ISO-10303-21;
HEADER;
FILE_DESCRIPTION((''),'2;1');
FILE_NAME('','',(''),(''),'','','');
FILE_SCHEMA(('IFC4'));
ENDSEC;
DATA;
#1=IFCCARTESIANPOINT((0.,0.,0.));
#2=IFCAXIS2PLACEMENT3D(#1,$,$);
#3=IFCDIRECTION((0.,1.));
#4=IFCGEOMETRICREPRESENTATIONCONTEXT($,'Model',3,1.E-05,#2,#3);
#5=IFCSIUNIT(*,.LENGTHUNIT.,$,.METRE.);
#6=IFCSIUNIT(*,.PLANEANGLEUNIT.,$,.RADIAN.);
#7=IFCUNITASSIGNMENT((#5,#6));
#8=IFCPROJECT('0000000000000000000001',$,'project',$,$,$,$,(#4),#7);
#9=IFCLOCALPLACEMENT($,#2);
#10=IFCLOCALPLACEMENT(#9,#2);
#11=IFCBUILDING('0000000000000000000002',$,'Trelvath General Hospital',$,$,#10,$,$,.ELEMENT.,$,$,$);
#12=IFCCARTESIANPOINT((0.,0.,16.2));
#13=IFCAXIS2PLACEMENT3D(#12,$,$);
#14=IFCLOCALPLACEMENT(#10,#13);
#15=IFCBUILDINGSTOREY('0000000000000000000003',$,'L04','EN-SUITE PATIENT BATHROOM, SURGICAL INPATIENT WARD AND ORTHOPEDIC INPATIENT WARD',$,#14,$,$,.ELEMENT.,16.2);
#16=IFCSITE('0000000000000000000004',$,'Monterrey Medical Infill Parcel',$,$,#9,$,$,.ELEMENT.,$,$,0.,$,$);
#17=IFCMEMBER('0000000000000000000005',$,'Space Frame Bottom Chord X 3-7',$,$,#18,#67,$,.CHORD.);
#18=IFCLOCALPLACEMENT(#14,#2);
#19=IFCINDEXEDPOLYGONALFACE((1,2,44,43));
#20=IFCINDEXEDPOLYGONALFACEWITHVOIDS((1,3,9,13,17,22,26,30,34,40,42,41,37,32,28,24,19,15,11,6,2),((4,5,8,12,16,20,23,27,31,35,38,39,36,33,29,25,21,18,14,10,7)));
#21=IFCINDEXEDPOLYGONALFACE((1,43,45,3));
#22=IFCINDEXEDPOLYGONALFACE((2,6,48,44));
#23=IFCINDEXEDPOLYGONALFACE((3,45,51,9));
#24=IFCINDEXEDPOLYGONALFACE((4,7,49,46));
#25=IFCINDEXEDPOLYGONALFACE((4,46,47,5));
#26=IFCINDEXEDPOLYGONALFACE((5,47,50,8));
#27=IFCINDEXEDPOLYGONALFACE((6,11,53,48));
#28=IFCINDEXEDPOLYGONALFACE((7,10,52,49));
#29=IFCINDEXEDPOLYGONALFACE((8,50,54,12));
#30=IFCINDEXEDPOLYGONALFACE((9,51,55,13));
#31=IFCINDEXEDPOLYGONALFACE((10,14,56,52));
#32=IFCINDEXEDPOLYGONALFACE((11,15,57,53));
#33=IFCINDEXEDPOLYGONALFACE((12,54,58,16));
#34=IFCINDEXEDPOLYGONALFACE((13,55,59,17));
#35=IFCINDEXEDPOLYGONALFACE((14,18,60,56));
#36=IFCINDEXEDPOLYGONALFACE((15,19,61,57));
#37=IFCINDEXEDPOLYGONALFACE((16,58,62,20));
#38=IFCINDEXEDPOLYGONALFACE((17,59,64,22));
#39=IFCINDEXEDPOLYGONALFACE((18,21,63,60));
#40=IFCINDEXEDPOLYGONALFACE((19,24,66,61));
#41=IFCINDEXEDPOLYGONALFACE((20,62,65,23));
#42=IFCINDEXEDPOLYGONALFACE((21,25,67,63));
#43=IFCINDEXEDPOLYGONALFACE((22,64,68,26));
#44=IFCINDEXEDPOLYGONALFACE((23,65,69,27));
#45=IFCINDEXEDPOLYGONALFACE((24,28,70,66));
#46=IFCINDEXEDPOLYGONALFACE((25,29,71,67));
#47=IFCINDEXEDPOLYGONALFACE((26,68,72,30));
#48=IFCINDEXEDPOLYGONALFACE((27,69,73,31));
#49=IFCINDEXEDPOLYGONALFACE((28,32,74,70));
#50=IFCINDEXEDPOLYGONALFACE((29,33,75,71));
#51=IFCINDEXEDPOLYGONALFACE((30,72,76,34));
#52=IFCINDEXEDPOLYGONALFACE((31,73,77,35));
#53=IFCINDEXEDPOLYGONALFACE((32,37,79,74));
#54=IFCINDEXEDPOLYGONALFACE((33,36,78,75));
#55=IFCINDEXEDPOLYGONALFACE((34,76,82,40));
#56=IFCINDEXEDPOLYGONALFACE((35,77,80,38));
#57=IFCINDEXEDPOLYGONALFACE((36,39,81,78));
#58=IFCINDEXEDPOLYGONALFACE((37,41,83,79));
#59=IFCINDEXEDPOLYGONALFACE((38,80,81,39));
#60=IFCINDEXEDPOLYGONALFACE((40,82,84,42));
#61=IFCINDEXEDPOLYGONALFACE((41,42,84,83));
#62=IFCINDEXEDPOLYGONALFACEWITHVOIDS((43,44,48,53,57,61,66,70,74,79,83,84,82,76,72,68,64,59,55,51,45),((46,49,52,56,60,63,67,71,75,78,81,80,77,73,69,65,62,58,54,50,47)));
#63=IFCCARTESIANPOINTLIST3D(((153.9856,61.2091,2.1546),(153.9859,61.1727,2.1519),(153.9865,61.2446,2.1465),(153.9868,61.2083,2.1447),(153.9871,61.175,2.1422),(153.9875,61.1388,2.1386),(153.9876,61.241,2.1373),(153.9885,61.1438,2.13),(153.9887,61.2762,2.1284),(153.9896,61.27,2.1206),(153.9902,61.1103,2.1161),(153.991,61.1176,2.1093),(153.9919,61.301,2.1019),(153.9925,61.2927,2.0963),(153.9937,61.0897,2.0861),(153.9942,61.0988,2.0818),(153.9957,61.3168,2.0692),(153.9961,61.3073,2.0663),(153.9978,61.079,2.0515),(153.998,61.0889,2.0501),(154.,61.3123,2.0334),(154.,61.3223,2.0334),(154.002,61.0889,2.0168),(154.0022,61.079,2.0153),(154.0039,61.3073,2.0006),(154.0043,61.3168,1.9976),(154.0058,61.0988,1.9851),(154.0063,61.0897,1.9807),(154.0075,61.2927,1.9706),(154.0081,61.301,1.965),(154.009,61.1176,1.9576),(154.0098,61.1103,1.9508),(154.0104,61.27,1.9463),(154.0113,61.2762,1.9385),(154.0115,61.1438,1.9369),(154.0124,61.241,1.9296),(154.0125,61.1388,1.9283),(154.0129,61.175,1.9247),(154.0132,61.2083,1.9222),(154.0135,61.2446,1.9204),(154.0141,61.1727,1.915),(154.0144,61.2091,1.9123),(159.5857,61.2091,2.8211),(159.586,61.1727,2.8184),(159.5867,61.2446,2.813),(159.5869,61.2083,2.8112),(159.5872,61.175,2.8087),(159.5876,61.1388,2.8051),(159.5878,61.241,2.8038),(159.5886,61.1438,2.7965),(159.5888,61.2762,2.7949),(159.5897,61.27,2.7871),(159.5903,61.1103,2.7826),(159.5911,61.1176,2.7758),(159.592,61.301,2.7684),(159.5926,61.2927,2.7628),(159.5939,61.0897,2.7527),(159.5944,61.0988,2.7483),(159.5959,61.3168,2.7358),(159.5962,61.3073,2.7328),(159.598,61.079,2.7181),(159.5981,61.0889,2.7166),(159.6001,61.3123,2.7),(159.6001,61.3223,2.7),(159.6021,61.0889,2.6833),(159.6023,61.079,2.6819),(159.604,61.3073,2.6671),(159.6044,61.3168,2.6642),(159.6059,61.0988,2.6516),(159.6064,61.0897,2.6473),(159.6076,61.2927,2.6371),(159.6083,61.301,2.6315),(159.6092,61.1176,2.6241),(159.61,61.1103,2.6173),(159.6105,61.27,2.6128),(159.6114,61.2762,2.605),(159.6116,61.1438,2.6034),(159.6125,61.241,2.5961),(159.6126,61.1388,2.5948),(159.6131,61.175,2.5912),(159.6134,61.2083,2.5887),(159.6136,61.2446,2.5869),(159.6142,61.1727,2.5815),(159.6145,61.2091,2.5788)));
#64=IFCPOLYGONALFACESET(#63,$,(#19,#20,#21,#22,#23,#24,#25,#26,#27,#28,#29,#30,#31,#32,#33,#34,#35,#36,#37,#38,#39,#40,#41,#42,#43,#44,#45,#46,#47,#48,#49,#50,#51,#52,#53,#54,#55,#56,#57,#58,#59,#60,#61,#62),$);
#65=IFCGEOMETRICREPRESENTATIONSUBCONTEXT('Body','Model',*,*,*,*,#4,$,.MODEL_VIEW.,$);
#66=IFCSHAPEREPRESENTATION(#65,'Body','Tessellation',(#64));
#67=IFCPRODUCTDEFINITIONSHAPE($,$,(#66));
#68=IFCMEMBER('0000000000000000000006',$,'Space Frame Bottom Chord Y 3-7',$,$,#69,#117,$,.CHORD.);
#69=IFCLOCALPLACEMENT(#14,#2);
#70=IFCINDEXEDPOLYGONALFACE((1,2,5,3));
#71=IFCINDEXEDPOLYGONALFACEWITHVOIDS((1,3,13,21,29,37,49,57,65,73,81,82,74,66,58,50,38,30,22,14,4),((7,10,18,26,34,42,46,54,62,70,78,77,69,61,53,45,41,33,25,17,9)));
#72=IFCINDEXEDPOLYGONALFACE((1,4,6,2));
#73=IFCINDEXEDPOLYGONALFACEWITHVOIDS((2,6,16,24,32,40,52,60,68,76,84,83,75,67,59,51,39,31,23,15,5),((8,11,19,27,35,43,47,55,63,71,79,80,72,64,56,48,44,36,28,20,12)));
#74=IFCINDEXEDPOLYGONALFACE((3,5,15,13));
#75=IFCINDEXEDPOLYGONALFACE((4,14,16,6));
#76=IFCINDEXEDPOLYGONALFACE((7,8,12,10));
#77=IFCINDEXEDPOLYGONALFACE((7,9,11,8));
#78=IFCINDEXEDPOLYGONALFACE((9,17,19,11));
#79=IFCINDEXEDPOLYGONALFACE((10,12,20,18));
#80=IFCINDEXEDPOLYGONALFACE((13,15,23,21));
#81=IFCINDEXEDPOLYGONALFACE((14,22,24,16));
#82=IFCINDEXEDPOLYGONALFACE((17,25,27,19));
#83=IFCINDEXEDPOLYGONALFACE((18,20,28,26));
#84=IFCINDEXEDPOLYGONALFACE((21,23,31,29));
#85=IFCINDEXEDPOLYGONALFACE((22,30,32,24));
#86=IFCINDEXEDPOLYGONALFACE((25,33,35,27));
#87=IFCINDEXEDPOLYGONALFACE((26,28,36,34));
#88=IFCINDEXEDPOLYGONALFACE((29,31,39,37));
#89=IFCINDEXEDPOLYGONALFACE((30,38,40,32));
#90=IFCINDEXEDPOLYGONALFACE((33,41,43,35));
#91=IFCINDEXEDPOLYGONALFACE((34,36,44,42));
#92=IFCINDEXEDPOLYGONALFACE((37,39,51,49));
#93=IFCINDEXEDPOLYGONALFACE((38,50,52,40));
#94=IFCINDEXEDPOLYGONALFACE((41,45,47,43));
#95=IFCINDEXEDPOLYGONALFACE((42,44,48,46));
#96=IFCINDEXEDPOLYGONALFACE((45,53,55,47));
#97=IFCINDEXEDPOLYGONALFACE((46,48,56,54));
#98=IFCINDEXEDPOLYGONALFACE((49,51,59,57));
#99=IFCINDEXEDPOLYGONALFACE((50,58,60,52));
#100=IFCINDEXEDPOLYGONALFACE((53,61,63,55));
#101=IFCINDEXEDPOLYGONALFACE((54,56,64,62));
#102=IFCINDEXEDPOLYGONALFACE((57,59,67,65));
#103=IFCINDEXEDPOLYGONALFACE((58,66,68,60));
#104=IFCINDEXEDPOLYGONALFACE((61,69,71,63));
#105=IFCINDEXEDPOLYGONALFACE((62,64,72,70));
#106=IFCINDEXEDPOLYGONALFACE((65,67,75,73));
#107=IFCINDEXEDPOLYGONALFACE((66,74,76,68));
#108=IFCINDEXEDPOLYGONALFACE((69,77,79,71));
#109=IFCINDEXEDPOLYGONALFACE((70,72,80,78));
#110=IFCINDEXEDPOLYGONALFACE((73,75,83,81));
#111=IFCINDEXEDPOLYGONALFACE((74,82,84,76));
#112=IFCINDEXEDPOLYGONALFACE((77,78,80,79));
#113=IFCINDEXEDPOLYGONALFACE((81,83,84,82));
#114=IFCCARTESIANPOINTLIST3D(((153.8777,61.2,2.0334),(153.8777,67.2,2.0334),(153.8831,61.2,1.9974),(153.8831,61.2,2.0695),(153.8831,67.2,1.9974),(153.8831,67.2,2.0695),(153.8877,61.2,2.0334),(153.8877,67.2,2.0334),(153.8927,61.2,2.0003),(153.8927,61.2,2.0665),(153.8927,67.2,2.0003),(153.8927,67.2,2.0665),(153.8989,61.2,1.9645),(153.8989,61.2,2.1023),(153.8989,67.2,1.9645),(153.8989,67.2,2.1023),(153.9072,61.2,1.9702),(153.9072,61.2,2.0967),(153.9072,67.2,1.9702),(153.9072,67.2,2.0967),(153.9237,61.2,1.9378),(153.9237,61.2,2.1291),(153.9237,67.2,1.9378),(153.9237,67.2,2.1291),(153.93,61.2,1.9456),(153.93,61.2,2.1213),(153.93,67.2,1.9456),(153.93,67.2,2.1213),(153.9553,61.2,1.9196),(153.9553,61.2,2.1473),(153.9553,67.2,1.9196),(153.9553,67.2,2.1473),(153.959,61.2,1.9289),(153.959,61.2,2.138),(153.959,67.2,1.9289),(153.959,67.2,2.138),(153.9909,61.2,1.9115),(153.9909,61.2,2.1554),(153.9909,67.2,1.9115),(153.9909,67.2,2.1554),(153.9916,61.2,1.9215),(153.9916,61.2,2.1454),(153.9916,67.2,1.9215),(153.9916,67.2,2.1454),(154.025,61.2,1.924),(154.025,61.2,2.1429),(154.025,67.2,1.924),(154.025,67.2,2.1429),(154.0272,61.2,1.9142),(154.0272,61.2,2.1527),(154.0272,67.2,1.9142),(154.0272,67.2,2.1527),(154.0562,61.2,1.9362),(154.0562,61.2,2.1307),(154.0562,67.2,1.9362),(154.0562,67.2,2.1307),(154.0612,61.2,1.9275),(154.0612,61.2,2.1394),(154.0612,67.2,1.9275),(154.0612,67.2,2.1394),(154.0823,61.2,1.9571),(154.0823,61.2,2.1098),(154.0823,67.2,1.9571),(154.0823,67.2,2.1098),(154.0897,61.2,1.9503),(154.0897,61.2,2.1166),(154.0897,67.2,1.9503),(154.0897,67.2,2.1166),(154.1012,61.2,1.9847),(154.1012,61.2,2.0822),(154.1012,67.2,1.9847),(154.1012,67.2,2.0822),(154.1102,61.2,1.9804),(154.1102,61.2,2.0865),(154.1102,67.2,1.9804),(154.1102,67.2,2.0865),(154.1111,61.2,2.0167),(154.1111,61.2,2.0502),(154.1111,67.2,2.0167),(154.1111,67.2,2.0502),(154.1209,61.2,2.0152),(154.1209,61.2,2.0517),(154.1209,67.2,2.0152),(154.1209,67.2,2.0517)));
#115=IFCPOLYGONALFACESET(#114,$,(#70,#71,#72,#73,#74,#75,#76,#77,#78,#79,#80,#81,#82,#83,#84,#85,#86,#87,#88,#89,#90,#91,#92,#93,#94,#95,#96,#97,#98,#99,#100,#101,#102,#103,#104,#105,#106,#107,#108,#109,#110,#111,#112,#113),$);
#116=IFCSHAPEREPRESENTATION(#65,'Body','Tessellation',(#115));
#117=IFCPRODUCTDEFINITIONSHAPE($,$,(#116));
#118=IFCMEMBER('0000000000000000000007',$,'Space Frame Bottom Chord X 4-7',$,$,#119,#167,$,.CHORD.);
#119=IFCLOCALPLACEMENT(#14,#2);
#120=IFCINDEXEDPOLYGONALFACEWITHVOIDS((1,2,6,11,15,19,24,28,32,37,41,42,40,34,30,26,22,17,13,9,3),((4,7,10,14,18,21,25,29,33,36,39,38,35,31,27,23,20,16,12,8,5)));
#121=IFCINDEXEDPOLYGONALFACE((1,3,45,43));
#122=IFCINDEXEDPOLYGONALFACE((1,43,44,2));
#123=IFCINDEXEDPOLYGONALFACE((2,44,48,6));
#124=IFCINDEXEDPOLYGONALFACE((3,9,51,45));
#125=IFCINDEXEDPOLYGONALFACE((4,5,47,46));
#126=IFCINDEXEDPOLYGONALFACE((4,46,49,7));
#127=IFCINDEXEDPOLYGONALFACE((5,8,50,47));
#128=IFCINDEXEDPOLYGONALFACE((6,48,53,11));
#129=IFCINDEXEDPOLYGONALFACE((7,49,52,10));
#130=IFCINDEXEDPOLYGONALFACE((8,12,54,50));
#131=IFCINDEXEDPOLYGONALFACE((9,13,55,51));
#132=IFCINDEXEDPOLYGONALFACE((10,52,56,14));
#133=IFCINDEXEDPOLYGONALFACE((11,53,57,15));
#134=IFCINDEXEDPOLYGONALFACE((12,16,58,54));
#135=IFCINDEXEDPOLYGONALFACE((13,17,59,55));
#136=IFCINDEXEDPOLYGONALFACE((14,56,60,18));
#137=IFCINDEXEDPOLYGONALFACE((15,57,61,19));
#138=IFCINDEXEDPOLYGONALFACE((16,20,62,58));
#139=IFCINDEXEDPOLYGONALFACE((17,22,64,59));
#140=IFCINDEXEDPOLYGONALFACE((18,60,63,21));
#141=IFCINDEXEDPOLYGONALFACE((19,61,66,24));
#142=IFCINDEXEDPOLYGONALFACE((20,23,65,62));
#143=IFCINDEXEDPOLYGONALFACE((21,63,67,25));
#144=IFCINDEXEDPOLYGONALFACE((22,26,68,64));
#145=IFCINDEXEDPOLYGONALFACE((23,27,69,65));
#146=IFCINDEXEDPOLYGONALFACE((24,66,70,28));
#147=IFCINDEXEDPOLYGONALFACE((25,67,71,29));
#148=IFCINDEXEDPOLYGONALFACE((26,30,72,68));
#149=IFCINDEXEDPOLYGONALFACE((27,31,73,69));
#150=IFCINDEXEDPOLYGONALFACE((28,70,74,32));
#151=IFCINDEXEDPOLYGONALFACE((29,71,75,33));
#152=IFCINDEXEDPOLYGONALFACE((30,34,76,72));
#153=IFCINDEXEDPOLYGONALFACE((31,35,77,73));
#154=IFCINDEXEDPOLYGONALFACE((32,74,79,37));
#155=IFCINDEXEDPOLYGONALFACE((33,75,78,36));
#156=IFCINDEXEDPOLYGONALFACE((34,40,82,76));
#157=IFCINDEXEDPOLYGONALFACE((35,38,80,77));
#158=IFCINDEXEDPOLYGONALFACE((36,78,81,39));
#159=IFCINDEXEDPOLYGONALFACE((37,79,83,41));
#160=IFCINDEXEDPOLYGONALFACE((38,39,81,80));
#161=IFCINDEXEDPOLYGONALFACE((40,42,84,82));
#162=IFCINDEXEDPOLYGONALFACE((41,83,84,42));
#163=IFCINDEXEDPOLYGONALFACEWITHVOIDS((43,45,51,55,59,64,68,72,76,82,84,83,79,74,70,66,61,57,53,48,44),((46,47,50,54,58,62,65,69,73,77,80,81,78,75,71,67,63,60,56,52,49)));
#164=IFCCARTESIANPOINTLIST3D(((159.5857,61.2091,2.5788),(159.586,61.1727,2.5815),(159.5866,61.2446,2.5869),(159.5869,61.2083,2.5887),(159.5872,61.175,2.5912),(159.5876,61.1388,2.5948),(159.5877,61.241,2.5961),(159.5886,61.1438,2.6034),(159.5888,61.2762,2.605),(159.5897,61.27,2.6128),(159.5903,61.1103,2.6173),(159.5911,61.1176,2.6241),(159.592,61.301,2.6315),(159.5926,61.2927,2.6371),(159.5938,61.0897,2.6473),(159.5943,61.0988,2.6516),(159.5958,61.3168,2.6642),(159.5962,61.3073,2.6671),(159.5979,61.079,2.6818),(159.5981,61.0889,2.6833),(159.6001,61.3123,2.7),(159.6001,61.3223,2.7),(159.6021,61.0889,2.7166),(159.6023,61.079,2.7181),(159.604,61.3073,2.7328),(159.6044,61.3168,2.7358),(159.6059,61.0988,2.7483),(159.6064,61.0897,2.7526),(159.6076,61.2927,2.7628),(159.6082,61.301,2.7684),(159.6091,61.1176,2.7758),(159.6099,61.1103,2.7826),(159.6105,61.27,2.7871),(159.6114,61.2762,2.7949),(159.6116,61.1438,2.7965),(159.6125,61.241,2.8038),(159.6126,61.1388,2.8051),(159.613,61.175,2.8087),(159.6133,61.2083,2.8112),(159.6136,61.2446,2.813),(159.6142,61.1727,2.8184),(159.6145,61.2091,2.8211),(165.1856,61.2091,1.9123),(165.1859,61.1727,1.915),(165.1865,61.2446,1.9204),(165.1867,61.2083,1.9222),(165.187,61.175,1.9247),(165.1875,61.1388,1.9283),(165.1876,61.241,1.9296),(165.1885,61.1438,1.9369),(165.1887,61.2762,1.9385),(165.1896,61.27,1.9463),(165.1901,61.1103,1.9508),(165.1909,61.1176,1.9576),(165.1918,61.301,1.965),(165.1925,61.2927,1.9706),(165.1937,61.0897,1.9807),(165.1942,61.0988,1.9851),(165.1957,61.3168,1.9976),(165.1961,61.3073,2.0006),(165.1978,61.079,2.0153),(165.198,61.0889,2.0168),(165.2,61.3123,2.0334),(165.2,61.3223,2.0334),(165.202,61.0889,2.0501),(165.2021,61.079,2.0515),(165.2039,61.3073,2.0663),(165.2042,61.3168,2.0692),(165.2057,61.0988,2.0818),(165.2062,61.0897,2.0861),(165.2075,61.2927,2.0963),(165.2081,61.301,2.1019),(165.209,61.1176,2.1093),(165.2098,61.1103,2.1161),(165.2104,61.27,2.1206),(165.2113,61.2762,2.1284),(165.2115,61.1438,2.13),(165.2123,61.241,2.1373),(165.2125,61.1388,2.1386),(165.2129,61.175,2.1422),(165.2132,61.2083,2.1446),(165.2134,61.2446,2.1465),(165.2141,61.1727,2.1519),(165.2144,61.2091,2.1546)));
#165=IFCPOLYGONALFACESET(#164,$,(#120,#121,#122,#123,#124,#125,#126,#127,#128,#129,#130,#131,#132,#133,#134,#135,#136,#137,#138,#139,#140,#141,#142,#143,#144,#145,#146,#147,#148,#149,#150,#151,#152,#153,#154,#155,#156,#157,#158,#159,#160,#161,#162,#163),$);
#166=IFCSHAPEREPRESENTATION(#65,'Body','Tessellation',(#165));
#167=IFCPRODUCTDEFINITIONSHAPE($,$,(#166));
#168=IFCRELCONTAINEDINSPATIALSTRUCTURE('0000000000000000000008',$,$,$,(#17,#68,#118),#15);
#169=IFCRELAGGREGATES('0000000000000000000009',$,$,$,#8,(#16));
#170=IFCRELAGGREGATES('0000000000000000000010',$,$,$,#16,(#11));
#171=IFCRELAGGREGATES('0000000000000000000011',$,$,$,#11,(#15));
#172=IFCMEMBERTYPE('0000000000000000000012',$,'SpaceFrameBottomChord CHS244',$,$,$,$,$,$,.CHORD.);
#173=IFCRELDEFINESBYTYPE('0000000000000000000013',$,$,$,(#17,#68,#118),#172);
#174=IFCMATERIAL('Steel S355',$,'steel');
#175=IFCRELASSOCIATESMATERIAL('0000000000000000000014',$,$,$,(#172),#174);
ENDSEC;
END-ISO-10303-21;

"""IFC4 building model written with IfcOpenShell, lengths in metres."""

from ifc_helpers import new_model, si_unit, direction, frame, origin, origin_2d, place, context, subcontext, project, spatial, hollow_circle, extrude, material, material_profile, profile_set, type_object, element, save


model = new_model("IFC4")

# Units and contexts
model_context = context("Model", 3, precision=1e-05, world=origin(), true_north=direction((0.0, 1.0)))
body_context = subcontext(model_context, "Body", "Model", "MODEL_VIEW")
ifc_project = project(units=[si_unit("LENGTHUNIT", "METRE"), si_unit("PLANEANGLEUNIT", "RADIAN")], contexts=[model_context])

# Site, building, storey
site_placement = place(None, origin())
site = spatial("IfcSite", under=ifc_project, at=site_placement, Name="Monterrey Medical Infill Parcel", CompositionType="ELEMENT", RefElevation=0.0)
building_placement = place(site_placement, origin())
building = spatial("IfcBuilding", under=site, at=building_placement, Name="Trelvath General Hospital", CompositionType="ELEMENT")
storey_placement = place(building_placement, frame((0.0, 0.0, 16.2)))
storey = spatial("IfcBuildingStorey", under=building, at=storey_placement, Name="L04", Description="EN-SUITE PATIENT BATHROOM, SURGICAL INPATIENT WARD AND ORTHOPEDIC INPATIENT WARD", CompositionType="ELEMENT", Elevation=16.2)

# Members
ifc_material_1 = material(Name="Steel S355", Category="steel")
ifc_material_profile_1 = material_profile(ifc_material_1, hollow_circle(Radius=0.1223, WallThickness=0.01, at=origin_2d()), Name="CHS244.5x10.0")
ifc_profile_set_1 = profile_set([ifc_material_profile_1], Name="Steel S355")
member_type_1 = type_object("IfcMemberType", Name="SpaceFrameBottomChord CHS244", PredefinedType="CHORD", material=ifc_profile_set_1)
member_1_placement = place(storey_placement, frame((154.0, 61.2, 2.0334), z_axis=(0.992992, 0.0, 0.118182), x_axis=(0.0, 1.0, 0.0)))
element("IfcMember", 1, at=member_1_placement, inside=storey, type_object=member_type_1, Name="Space Frame Bottom Chord X 3-7", PredefinedType="CHORD", context=body_context, shape_type="SweptSolid", body=[
    extrude(hollow_circle(Radius=0.1223, WallThickness=0.01, at=origin_2d()), origin(), (0.0, 0.0, 1.0), 5.6396),
])
member_2_placement = place(storey_placement, frame((154.0, 61.2, 2.0334), z_axis=(0.0, 1.0, 0.0), x_axis=(-1.0, 0.0, 0.0)))
element("IfcMember", 2, at=member_2_placement, inside=storey, type_object=member_type_1, Name="Space Frame Bottom Chord Y 3-7", PredefinedType="CHORD", context=body_context, shape_type="SweptSolid", body=[
    extrude(hollow_circle(Radius=0.1223, WallThickness=0.01, at=origin_2d()), origin(), (0.0, 0.0, 1.0), 6.0),
])
member_3_placement = place(storey_placement, frame((159.6001, 61.2, 2.7), z_axis=(0.992991, 0.0, -0.118187), x_axis=(0.0, 1.0, 0.0)))
element("IfcMember", 3, at=member_3_placement, inside=storey, type_object=member_type_1, Name="Space Frame Bottom Chord X 4-7", PredefinedType="CHORD", context=body_context, shape_type="SweptSolid", body=[
    extrude(hollow_circle(Radius=0.1223, WallThickness=0.01, at=origin_2d()), origin(), (0.0, 0.0, 1.0), 5.6394),
])

save(model, "model.ifc")
